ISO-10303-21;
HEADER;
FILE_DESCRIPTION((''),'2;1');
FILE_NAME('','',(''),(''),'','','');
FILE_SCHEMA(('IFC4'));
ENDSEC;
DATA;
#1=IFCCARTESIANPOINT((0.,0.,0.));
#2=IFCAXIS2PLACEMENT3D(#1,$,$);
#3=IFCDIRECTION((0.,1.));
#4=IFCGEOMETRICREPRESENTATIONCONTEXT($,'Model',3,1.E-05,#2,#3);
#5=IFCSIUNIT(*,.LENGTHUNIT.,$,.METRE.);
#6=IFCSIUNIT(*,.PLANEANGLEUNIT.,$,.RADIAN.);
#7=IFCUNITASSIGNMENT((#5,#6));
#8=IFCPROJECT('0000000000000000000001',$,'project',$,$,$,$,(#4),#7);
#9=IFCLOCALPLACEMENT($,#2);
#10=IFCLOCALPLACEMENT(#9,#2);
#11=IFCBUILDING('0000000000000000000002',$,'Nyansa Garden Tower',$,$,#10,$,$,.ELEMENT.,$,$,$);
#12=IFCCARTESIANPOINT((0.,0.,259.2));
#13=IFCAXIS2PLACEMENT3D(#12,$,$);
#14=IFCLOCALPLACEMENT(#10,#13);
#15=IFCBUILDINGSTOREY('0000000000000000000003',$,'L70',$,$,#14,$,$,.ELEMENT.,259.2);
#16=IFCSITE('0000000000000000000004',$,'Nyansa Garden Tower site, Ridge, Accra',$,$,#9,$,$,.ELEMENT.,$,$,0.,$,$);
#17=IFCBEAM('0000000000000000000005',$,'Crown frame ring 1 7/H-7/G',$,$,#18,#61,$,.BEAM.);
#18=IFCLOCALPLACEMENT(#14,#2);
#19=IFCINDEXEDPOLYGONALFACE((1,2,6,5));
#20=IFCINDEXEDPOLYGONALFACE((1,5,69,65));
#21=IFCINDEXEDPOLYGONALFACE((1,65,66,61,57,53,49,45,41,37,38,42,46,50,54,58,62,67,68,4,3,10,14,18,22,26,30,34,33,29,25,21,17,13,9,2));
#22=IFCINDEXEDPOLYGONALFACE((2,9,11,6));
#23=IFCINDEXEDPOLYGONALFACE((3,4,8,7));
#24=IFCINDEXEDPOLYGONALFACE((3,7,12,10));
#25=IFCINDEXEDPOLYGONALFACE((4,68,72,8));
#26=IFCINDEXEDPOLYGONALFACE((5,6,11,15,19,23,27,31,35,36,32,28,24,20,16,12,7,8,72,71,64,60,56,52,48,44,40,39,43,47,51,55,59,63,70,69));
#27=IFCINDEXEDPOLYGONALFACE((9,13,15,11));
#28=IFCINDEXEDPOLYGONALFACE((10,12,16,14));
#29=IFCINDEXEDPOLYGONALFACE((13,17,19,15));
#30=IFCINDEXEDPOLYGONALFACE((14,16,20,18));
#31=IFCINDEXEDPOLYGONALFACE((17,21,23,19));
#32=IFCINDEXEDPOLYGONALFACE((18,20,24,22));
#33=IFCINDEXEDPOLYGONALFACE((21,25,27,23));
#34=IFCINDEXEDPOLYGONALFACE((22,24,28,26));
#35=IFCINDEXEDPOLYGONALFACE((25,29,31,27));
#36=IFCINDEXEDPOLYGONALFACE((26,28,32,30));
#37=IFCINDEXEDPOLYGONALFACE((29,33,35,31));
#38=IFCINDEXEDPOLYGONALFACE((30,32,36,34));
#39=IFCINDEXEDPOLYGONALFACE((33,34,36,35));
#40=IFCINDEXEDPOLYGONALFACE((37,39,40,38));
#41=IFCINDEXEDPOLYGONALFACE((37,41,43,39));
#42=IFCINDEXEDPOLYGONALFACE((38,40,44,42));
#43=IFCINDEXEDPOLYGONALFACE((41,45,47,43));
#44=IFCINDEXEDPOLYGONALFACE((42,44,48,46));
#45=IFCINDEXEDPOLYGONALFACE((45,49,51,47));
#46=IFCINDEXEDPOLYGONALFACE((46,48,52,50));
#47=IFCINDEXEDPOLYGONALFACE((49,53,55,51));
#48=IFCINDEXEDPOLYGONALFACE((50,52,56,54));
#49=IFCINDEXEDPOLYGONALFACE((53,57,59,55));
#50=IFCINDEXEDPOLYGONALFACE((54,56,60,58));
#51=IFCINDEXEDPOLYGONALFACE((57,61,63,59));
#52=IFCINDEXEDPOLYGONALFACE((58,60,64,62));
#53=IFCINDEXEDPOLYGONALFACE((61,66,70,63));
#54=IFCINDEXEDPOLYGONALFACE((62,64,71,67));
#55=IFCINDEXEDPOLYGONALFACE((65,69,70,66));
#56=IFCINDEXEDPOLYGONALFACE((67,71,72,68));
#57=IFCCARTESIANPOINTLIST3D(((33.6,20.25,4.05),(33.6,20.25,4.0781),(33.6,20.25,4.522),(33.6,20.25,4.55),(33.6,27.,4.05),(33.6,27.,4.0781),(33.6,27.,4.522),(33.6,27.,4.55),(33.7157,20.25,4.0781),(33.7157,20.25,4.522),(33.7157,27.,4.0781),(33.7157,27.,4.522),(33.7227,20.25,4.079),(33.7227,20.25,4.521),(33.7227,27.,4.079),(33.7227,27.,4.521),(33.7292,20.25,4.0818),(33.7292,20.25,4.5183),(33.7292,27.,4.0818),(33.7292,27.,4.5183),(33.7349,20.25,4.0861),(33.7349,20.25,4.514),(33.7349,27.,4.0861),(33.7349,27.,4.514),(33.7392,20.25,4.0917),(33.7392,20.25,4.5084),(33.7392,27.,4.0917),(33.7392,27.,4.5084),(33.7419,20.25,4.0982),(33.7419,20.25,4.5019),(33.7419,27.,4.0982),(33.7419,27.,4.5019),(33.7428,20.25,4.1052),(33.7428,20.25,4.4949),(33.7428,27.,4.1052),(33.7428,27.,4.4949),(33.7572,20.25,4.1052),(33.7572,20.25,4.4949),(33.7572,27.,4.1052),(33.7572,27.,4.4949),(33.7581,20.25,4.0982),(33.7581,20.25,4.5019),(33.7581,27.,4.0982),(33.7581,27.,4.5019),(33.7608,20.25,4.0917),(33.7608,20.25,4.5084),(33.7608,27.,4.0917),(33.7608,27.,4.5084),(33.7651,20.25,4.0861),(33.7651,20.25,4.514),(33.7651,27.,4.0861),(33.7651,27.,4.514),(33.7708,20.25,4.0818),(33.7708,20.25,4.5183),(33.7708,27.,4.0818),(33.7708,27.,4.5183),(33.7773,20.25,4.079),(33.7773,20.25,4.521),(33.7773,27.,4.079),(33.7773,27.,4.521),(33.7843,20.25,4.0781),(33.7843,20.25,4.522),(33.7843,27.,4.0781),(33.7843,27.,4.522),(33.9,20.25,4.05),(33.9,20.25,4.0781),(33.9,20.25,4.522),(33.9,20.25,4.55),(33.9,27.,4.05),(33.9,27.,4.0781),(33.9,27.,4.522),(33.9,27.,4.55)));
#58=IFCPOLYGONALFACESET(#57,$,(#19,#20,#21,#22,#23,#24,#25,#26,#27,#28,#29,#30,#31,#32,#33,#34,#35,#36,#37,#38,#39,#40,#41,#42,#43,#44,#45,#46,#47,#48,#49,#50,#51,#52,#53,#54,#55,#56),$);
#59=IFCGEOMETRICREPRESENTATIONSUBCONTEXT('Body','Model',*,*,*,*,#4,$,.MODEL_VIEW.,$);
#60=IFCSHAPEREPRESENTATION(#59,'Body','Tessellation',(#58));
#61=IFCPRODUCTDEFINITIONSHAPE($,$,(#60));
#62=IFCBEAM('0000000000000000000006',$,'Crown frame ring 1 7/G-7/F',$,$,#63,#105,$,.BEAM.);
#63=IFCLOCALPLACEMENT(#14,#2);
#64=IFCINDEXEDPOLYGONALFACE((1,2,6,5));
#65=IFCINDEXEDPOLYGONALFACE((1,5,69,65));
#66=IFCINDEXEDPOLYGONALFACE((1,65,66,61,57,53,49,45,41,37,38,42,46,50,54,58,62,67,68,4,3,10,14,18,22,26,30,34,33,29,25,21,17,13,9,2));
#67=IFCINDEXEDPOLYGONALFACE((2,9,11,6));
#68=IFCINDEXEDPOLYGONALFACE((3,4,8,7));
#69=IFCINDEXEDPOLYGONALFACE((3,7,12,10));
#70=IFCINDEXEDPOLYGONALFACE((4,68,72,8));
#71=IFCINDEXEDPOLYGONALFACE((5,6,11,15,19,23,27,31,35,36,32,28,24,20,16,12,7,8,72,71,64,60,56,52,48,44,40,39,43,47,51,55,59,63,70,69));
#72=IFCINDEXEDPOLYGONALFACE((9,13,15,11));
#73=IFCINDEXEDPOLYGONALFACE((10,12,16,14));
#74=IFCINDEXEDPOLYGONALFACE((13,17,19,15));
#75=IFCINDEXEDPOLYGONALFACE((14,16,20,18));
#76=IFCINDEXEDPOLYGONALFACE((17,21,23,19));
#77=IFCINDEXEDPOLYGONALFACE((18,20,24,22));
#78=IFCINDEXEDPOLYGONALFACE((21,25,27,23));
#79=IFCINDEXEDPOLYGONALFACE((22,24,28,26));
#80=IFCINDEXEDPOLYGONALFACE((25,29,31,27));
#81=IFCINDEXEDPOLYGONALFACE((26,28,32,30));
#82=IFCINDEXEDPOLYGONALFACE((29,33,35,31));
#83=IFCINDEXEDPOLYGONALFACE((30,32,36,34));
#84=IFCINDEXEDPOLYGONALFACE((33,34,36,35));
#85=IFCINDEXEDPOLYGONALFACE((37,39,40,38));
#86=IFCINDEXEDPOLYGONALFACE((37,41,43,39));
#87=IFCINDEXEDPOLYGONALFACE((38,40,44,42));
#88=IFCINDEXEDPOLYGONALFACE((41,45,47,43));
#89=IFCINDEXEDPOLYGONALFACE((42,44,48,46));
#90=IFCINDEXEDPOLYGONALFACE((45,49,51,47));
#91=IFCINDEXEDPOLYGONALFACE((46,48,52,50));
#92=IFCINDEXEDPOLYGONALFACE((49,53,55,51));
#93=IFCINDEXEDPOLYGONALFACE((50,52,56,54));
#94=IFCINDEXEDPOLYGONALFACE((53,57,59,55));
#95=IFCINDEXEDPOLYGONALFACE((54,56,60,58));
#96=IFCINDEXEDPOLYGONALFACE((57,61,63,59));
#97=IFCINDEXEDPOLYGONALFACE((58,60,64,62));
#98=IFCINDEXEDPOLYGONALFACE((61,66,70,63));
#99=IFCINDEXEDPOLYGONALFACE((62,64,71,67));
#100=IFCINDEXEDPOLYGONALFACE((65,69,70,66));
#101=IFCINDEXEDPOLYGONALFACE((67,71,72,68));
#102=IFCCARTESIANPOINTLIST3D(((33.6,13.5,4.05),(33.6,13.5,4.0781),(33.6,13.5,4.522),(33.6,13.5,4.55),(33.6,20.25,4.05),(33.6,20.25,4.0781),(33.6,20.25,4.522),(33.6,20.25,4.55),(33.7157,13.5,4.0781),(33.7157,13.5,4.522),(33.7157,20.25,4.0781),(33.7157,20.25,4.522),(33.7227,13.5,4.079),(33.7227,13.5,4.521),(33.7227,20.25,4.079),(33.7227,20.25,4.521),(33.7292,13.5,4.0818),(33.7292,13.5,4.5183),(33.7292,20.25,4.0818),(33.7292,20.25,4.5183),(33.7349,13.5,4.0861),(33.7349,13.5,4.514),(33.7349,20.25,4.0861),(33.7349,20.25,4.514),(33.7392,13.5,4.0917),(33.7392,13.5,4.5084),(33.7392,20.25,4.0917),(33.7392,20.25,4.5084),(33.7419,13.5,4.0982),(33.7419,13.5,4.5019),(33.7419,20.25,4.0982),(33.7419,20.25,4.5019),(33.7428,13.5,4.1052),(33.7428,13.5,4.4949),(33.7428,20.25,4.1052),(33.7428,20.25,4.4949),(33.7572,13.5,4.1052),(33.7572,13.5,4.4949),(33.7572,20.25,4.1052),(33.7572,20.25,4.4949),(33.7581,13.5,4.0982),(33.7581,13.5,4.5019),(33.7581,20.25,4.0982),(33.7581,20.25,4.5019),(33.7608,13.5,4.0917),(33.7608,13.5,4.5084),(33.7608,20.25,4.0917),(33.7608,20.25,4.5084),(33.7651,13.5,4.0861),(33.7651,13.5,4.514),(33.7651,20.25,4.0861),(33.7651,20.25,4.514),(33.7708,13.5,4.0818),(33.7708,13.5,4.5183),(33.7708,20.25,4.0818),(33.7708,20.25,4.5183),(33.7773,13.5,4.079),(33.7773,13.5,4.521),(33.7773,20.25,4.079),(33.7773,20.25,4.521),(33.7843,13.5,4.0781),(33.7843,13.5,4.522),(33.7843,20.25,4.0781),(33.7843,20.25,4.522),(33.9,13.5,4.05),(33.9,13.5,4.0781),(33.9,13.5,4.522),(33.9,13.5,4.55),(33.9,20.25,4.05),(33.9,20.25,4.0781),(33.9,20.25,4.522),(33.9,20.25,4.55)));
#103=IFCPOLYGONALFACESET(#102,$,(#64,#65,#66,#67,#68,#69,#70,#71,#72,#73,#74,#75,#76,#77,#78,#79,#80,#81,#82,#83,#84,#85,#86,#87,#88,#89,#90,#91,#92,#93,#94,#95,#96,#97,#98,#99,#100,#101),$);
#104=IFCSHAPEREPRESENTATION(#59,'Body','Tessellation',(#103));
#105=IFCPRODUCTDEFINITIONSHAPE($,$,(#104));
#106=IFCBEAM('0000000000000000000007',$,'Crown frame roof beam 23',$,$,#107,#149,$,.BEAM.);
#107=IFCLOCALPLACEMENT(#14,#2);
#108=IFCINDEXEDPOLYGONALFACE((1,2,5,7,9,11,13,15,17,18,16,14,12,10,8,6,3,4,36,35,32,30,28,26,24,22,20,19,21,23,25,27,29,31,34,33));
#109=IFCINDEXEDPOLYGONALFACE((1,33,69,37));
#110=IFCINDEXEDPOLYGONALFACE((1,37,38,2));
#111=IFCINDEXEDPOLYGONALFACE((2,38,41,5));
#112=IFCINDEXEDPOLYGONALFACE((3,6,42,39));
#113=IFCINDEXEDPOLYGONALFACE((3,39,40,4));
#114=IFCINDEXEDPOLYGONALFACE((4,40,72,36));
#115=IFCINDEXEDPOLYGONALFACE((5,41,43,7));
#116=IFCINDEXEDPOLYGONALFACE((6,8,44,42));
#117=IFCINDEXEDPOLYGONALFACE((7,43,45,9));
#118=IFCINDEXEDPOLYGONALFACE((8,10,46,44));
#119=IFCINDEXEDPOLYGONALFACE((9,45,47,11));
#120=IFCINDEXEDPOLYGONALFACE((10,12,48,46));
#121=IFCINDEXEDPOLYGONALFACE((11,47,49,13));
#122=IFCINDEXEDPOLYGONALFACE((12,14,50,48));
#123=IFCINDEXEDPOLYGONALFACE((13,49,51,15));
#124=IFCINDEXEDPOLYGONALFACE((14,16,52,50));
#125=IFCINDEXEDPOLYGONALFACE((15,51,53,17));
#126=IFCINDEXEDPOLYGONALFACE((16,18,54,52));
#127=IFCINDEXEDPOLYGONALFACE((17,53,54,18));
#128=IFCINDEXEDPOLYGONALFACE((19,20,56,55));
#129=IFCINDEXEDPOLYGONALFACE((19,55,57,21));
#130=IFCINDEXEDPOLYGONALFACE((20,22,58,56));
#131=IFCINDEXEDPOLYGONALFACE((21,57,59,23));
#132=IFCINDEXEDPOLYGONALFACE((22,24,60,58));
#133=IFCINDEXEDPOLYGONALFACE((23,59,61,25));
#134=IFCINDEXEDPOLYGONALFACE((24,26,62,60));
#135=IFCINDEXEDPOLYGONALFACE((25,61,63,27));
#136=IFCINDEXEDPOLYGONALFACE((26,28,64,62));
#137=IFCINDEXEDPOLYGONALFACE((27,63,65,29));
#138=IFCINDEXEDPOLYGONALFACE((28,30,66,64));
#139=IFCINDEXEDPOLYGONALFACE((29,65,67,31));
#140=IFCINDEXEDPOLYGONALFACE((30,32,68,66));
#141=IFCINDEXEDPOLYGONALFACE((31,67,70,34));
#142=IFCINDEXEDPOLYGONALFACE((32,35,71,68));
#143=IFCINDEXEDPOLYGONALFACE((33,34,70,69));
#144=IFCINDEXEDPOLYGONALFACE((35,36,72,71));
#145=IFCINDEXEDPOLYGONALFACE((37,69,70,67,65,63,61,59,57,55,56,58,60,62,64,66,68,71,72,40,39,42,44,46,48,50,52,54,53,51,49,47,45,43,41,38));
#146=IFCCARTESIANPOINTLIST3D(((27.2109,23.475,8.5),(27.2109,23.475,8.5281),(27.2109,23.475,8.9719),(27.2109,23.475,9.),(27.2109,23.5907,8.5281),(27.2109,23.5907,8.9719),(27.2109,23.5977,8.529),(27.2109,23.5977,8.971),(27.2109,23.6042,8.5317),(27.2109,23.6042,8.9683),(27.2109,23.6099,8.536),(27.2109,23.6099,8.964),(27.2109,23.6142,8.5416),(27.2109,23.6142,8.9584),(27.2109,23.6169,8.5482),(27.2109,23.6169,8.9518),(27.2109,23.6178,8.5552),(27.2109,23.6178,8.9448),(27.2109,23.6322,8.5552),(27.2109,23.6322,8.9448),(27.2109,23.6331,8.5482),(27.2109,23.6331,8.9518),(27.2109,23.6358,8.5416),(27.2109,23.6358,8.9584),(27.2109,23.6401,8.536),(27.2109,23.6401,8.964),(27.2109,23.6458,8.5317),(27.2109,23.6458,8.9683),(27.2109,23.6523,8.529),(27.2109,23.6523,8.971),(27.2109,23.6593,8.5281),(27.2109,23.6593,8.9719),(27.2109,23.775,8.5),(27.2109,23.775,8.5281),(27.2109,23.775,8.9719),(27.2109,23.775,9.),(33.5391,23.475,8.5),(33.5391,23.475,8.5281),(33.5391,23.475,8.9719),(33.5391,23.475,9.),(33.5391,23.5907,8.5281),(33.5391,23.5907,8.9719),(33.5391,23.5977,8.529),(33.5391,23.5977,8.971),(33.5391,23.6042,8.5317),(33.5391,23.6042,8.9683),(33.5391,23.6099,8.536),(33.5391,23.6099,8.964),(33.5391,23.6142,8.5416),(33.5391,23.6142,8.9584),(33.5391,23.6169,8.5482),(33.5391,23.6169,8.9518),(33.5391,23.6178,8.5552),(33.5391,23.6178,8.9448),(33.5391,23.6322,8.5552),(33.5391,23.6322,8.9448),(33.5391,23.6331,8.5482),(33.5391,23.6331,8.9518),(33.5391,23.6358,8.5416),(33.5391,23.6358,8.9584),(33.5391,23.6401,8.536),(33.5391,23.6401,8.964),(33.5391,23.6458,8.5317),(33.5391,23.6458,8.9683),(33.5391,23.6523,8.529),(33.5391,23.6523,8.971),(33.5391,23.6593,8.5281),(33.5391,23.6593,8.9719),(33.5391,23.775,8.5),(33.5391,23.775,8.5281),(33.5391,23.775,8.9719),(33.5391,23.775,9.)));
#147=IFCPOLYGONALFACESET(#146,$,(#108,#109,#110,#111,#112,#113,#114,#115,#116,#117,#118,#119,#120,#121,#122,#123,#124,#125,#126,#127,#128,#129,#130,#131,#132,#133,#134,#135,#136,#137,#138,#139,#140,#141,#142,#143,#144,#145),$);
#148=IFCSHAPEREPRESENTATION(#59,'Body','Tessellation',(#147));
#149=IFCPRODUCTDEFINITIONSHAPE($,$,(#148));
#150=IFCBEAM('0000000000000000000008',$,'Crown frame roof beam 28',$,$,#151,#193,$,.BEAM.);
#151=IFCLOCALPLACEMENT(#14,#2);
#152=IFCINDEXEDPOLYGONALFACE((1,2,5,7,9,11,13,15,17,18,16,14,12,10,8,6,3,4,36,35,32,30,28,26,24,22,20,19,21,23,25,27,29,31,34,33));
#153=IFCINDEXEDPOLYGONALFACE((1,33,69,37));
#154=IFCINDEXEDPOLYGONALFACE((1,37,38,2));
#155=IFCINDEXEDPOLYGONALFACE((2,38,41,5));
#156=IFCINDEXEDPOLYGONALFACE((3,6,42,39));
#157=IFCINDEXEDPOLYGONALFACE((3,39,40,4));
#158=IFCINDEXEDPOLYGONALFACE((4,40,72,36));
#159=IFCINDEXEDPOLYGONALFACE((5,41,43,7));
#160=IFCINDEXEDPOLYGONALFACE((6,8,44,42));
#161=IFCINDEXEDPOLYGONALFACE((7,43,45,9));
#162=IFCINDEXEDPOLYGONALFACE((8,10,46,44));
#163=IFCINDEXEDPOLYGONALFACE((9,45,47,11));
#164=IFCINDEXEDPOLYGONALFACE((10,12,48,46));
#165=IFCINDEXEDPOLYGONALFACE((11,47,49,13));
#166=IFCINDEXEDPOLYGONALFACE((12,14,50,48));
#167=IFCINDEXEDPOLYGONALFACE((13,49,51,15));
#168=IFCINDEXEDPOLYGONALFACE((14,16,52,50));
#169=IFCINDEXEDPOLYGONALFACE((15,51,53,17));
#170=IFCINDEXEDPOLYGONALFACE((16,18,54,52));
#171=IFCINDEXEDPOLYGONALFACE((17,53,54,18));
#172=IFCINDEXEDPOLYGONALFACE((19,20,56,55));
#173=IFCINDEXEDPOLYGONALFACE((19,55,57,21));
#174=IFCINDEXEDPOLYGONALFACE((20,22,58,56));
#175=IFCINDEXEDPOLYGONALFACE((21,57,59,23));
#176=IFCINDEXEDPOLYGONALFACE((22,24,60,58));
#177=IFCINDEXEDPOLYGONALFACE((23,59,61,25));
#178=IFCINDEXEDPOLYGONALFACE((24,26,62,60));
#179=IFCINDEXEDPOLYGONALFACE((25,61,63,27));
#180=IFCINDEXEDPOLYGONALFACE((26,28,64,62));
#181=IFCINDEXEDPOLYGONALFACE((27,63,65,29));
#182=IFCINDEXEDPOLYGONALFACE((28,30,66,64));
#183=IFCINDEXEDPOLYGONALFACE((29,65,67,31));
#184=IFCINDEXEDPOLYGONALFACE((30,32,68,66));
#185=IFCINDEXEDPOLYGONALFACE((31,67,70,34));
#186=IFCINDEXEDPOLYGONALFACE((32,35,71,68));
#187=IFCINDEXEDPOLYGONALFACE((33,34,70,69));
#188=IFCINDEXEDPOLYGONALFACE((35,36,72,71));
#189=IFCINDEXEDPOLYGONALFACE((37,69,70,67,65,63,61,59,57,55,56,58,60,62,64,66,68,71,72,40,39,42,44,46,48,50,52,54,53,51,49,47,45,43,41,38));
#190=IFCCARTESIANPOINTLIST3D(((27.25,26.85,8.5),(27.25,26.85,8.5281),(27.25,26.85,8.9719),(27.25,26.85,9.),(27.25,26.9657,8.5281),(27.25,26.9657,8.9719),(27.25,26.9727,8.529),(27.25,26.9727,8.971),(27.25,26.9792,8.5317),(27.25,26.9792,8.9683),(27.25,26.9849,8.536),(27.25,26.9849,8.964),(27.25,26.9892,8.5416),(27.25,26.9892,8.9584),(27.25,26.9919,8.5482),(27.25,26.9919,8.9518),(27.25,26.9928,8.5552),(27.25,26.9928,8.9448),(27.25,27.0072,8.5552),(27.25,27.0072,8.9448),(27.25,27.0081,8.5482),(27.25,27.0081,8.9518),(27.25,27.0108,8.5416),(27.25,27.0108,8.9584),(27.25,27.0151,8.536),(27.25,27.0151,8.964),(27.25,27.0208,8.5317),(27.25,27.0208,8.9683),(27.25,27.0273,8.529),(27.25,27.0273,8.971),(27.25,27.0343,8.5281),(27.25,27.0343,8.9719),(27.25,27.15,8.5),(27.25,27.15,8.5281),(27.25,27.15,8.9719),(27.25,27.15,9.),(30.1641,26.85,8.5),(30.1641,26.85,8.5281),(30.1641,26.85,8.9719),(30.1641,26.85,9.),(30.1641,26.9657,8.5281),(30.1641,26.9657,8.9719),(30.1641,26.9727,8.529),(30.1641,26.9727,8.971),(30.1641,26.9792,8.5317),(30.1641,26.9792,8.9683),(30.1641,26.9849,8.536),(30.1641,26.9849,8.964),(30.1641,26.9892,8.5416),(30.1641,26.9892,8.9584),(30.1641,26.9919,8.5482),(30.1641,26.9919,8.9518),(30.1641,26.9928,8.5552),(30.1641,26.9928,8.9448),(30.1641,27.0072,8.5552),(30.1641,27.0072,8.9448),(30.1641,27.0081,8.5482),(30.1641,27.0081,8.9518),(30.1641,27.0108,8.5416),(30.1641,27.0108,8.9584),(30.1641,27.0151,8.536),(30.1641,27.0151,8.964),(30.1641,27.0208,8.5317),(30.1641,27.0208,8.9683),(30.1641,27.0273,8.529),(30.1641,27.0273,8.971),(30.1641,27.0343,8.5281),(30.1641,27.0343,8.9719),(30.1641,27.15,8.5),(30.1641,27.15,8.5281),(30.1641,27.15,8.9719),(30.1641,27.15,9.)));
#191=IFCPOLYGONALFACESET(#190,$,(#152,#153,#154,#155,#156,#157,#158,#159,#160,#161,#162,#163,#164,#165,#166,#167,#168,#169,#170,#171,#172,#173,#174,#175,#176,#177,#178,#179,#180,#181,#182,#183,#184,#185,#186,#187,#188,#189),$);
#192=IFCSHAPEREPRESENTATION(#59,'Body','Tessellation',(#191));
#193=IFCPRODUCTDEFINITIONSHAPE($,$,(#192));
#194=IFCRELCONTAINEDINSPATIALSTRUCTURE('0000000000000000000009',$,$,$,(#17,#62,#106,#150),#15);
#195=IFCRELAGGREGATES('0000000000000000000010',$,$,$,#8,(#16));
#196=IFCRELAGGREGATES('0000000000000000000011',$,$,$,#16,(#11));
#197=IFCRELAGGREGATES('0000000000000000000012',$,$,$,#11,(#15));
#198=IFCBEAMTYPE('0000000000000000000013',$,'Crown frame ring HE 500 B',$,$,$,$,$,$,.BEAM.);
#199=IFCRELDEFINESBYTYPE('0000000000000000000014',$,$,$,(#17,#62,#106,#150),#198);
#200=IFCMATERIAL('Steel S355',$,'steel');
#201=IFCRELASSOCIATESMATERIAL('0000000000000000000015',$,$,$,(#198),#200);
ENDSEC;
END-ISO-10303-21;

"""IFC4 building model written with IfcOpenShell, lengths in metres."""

from ifc_helpers import new_model, si_unit, direction, frame, origin, origin_2d, place, context, subcontext, project, spatial, i_section, extrude, material, material_profile, profile_set, type_object, element, save


model = new_model("IFC4")

# Units and contexts
model_context = context("Model", 3, precision=1e-05, world=origin(), true_north=direction((0.0, 1.0)))
body_context = subcontext(model_context, "Body", "Model", "MODEL_VIEW")
ifc_project = project(units=[si_unit("LENGTHUNIT", "METRE"), si_unit("PLANEANGLEUNIT", "RADIAN")], contexts=[model_context])

# Site, building, storey
site_placement = place(None, origin())
site = spatial("IfcSite", under=ifc_project, at=site_placement, Name="Nyansa Garden Tower site, Ridge, Accra", CompositionType="ELEMENT", RefElevation=0.0)
building_placement = place(site_placement, origin())
building = spatial("IfcBuilding", under=site, at=building_placement, Name="Nyansa Garden Tower", CompositionType="ELEMENT")
storey_placement = place(building_placement, frame((0.0, 0.0, 259.2)))
storey = spatial("IfcBuildingStorey", under=building, at=storey_placement, Name="L70", CompositionType="ELEMENT", Elevation=259.2)

# Beams
ifc_material_1 = material(Name="Steel S355", Category="steel")
ifc_material_profile_1 = material_profile(ifc_material_1, i_section(OverallWidth=0.3, OverallDepth=0.5, WebThickness=0.0144, FlangeThickness=0.0281, FilletRadius=0.0271, at=origin_2d()), Name="HE 500 B")
ifc_profile_set_1 = profile_set([ifc_material_profile_1], Name="Steel S355")
beam_type_1 = type_object("IfcBeamType", Name="Crown frame ring HE 500 B", PredefinedType="BEAM", material=ifc_profile_set_1)
for number, where, z_axis, x_axis, name in (
    (1, (33.75, 27.0, 4.3), (0.0, -1.0, 0.0), (1.0, 0.0, 0.0), "Crown frame ring 1 7/H-7/G"),
    (2, (33.75, 20.25, 4.3), (0.0, -1.0, 0.0), (1.0, 0.0, 0.0), "Crown frame ring 1 7/G-7/F"),
):
    element("IfcBeam", number, at=place(storey_placement, frame(where, z_axis=z_axis, x_axis=x_axis)), inside=storey, type_object=beam_type_1, Name=name, PredefinedType="BEAM", context=body_context, shape_type="SweptSolid", body=[
        extrude(i_section(OverallWidth=0.3, OverallDepth=0.5, WebThickness=0.0144, FlangeThickness=0.0281, FilletRadius=0.0271, at=origin_2d()), origin(), (0.0, 0.0, 1.0), 6.75),
    ])
beam_1_placement = place(storey_placement, frame((27.2109, 23.625, 8.75), z_axis=(1.0, 0.0, 0.0), x_axis=(0.0, 1.0, 0.0)))
element("IfcBeam", 3, at=beam_1_placement, inside=storey, type_object=beam_type_1, Name="Crown frame roof beam 23", PredefinedType="BEAM", context=body_context, shape_type="SweptSolid", body=[
    extrude(i_section(OverallWidth=0.3, OverallDepth=0.5, WebThickness=0.0144, FlangeThickness=0.0281, FilletRadius=0.0271, at=origin_2d()), origin(), (0.0, 0.0, 1.0), 6.3281),
])
beam_2_placement = place(storey_placement, frame((27.25, 27.0, 8.75), z_axis=(1.0, 0.0, 0.0), x_axis=(0.0, 1.0, 0.0)))
element("IfcBeam", 4, at=beam_2_placement, inside=storey, type_object=beam_type_1, Name="Crown frame roof beam 28", PredefinedType="BEAM", context=body_context, shape_type="SweptSolid", body=[
    extrude(i_section(OverallWidth=0.3, OverallDepth=0.5, WebThickness=0.0144, FlangeThickness=0.0281, FilletRadius=0.0271, at=origin_2d()), origin(), (0.0, 0.0, 1.0), 2.9141),
])

save(model, "model.ifc")
